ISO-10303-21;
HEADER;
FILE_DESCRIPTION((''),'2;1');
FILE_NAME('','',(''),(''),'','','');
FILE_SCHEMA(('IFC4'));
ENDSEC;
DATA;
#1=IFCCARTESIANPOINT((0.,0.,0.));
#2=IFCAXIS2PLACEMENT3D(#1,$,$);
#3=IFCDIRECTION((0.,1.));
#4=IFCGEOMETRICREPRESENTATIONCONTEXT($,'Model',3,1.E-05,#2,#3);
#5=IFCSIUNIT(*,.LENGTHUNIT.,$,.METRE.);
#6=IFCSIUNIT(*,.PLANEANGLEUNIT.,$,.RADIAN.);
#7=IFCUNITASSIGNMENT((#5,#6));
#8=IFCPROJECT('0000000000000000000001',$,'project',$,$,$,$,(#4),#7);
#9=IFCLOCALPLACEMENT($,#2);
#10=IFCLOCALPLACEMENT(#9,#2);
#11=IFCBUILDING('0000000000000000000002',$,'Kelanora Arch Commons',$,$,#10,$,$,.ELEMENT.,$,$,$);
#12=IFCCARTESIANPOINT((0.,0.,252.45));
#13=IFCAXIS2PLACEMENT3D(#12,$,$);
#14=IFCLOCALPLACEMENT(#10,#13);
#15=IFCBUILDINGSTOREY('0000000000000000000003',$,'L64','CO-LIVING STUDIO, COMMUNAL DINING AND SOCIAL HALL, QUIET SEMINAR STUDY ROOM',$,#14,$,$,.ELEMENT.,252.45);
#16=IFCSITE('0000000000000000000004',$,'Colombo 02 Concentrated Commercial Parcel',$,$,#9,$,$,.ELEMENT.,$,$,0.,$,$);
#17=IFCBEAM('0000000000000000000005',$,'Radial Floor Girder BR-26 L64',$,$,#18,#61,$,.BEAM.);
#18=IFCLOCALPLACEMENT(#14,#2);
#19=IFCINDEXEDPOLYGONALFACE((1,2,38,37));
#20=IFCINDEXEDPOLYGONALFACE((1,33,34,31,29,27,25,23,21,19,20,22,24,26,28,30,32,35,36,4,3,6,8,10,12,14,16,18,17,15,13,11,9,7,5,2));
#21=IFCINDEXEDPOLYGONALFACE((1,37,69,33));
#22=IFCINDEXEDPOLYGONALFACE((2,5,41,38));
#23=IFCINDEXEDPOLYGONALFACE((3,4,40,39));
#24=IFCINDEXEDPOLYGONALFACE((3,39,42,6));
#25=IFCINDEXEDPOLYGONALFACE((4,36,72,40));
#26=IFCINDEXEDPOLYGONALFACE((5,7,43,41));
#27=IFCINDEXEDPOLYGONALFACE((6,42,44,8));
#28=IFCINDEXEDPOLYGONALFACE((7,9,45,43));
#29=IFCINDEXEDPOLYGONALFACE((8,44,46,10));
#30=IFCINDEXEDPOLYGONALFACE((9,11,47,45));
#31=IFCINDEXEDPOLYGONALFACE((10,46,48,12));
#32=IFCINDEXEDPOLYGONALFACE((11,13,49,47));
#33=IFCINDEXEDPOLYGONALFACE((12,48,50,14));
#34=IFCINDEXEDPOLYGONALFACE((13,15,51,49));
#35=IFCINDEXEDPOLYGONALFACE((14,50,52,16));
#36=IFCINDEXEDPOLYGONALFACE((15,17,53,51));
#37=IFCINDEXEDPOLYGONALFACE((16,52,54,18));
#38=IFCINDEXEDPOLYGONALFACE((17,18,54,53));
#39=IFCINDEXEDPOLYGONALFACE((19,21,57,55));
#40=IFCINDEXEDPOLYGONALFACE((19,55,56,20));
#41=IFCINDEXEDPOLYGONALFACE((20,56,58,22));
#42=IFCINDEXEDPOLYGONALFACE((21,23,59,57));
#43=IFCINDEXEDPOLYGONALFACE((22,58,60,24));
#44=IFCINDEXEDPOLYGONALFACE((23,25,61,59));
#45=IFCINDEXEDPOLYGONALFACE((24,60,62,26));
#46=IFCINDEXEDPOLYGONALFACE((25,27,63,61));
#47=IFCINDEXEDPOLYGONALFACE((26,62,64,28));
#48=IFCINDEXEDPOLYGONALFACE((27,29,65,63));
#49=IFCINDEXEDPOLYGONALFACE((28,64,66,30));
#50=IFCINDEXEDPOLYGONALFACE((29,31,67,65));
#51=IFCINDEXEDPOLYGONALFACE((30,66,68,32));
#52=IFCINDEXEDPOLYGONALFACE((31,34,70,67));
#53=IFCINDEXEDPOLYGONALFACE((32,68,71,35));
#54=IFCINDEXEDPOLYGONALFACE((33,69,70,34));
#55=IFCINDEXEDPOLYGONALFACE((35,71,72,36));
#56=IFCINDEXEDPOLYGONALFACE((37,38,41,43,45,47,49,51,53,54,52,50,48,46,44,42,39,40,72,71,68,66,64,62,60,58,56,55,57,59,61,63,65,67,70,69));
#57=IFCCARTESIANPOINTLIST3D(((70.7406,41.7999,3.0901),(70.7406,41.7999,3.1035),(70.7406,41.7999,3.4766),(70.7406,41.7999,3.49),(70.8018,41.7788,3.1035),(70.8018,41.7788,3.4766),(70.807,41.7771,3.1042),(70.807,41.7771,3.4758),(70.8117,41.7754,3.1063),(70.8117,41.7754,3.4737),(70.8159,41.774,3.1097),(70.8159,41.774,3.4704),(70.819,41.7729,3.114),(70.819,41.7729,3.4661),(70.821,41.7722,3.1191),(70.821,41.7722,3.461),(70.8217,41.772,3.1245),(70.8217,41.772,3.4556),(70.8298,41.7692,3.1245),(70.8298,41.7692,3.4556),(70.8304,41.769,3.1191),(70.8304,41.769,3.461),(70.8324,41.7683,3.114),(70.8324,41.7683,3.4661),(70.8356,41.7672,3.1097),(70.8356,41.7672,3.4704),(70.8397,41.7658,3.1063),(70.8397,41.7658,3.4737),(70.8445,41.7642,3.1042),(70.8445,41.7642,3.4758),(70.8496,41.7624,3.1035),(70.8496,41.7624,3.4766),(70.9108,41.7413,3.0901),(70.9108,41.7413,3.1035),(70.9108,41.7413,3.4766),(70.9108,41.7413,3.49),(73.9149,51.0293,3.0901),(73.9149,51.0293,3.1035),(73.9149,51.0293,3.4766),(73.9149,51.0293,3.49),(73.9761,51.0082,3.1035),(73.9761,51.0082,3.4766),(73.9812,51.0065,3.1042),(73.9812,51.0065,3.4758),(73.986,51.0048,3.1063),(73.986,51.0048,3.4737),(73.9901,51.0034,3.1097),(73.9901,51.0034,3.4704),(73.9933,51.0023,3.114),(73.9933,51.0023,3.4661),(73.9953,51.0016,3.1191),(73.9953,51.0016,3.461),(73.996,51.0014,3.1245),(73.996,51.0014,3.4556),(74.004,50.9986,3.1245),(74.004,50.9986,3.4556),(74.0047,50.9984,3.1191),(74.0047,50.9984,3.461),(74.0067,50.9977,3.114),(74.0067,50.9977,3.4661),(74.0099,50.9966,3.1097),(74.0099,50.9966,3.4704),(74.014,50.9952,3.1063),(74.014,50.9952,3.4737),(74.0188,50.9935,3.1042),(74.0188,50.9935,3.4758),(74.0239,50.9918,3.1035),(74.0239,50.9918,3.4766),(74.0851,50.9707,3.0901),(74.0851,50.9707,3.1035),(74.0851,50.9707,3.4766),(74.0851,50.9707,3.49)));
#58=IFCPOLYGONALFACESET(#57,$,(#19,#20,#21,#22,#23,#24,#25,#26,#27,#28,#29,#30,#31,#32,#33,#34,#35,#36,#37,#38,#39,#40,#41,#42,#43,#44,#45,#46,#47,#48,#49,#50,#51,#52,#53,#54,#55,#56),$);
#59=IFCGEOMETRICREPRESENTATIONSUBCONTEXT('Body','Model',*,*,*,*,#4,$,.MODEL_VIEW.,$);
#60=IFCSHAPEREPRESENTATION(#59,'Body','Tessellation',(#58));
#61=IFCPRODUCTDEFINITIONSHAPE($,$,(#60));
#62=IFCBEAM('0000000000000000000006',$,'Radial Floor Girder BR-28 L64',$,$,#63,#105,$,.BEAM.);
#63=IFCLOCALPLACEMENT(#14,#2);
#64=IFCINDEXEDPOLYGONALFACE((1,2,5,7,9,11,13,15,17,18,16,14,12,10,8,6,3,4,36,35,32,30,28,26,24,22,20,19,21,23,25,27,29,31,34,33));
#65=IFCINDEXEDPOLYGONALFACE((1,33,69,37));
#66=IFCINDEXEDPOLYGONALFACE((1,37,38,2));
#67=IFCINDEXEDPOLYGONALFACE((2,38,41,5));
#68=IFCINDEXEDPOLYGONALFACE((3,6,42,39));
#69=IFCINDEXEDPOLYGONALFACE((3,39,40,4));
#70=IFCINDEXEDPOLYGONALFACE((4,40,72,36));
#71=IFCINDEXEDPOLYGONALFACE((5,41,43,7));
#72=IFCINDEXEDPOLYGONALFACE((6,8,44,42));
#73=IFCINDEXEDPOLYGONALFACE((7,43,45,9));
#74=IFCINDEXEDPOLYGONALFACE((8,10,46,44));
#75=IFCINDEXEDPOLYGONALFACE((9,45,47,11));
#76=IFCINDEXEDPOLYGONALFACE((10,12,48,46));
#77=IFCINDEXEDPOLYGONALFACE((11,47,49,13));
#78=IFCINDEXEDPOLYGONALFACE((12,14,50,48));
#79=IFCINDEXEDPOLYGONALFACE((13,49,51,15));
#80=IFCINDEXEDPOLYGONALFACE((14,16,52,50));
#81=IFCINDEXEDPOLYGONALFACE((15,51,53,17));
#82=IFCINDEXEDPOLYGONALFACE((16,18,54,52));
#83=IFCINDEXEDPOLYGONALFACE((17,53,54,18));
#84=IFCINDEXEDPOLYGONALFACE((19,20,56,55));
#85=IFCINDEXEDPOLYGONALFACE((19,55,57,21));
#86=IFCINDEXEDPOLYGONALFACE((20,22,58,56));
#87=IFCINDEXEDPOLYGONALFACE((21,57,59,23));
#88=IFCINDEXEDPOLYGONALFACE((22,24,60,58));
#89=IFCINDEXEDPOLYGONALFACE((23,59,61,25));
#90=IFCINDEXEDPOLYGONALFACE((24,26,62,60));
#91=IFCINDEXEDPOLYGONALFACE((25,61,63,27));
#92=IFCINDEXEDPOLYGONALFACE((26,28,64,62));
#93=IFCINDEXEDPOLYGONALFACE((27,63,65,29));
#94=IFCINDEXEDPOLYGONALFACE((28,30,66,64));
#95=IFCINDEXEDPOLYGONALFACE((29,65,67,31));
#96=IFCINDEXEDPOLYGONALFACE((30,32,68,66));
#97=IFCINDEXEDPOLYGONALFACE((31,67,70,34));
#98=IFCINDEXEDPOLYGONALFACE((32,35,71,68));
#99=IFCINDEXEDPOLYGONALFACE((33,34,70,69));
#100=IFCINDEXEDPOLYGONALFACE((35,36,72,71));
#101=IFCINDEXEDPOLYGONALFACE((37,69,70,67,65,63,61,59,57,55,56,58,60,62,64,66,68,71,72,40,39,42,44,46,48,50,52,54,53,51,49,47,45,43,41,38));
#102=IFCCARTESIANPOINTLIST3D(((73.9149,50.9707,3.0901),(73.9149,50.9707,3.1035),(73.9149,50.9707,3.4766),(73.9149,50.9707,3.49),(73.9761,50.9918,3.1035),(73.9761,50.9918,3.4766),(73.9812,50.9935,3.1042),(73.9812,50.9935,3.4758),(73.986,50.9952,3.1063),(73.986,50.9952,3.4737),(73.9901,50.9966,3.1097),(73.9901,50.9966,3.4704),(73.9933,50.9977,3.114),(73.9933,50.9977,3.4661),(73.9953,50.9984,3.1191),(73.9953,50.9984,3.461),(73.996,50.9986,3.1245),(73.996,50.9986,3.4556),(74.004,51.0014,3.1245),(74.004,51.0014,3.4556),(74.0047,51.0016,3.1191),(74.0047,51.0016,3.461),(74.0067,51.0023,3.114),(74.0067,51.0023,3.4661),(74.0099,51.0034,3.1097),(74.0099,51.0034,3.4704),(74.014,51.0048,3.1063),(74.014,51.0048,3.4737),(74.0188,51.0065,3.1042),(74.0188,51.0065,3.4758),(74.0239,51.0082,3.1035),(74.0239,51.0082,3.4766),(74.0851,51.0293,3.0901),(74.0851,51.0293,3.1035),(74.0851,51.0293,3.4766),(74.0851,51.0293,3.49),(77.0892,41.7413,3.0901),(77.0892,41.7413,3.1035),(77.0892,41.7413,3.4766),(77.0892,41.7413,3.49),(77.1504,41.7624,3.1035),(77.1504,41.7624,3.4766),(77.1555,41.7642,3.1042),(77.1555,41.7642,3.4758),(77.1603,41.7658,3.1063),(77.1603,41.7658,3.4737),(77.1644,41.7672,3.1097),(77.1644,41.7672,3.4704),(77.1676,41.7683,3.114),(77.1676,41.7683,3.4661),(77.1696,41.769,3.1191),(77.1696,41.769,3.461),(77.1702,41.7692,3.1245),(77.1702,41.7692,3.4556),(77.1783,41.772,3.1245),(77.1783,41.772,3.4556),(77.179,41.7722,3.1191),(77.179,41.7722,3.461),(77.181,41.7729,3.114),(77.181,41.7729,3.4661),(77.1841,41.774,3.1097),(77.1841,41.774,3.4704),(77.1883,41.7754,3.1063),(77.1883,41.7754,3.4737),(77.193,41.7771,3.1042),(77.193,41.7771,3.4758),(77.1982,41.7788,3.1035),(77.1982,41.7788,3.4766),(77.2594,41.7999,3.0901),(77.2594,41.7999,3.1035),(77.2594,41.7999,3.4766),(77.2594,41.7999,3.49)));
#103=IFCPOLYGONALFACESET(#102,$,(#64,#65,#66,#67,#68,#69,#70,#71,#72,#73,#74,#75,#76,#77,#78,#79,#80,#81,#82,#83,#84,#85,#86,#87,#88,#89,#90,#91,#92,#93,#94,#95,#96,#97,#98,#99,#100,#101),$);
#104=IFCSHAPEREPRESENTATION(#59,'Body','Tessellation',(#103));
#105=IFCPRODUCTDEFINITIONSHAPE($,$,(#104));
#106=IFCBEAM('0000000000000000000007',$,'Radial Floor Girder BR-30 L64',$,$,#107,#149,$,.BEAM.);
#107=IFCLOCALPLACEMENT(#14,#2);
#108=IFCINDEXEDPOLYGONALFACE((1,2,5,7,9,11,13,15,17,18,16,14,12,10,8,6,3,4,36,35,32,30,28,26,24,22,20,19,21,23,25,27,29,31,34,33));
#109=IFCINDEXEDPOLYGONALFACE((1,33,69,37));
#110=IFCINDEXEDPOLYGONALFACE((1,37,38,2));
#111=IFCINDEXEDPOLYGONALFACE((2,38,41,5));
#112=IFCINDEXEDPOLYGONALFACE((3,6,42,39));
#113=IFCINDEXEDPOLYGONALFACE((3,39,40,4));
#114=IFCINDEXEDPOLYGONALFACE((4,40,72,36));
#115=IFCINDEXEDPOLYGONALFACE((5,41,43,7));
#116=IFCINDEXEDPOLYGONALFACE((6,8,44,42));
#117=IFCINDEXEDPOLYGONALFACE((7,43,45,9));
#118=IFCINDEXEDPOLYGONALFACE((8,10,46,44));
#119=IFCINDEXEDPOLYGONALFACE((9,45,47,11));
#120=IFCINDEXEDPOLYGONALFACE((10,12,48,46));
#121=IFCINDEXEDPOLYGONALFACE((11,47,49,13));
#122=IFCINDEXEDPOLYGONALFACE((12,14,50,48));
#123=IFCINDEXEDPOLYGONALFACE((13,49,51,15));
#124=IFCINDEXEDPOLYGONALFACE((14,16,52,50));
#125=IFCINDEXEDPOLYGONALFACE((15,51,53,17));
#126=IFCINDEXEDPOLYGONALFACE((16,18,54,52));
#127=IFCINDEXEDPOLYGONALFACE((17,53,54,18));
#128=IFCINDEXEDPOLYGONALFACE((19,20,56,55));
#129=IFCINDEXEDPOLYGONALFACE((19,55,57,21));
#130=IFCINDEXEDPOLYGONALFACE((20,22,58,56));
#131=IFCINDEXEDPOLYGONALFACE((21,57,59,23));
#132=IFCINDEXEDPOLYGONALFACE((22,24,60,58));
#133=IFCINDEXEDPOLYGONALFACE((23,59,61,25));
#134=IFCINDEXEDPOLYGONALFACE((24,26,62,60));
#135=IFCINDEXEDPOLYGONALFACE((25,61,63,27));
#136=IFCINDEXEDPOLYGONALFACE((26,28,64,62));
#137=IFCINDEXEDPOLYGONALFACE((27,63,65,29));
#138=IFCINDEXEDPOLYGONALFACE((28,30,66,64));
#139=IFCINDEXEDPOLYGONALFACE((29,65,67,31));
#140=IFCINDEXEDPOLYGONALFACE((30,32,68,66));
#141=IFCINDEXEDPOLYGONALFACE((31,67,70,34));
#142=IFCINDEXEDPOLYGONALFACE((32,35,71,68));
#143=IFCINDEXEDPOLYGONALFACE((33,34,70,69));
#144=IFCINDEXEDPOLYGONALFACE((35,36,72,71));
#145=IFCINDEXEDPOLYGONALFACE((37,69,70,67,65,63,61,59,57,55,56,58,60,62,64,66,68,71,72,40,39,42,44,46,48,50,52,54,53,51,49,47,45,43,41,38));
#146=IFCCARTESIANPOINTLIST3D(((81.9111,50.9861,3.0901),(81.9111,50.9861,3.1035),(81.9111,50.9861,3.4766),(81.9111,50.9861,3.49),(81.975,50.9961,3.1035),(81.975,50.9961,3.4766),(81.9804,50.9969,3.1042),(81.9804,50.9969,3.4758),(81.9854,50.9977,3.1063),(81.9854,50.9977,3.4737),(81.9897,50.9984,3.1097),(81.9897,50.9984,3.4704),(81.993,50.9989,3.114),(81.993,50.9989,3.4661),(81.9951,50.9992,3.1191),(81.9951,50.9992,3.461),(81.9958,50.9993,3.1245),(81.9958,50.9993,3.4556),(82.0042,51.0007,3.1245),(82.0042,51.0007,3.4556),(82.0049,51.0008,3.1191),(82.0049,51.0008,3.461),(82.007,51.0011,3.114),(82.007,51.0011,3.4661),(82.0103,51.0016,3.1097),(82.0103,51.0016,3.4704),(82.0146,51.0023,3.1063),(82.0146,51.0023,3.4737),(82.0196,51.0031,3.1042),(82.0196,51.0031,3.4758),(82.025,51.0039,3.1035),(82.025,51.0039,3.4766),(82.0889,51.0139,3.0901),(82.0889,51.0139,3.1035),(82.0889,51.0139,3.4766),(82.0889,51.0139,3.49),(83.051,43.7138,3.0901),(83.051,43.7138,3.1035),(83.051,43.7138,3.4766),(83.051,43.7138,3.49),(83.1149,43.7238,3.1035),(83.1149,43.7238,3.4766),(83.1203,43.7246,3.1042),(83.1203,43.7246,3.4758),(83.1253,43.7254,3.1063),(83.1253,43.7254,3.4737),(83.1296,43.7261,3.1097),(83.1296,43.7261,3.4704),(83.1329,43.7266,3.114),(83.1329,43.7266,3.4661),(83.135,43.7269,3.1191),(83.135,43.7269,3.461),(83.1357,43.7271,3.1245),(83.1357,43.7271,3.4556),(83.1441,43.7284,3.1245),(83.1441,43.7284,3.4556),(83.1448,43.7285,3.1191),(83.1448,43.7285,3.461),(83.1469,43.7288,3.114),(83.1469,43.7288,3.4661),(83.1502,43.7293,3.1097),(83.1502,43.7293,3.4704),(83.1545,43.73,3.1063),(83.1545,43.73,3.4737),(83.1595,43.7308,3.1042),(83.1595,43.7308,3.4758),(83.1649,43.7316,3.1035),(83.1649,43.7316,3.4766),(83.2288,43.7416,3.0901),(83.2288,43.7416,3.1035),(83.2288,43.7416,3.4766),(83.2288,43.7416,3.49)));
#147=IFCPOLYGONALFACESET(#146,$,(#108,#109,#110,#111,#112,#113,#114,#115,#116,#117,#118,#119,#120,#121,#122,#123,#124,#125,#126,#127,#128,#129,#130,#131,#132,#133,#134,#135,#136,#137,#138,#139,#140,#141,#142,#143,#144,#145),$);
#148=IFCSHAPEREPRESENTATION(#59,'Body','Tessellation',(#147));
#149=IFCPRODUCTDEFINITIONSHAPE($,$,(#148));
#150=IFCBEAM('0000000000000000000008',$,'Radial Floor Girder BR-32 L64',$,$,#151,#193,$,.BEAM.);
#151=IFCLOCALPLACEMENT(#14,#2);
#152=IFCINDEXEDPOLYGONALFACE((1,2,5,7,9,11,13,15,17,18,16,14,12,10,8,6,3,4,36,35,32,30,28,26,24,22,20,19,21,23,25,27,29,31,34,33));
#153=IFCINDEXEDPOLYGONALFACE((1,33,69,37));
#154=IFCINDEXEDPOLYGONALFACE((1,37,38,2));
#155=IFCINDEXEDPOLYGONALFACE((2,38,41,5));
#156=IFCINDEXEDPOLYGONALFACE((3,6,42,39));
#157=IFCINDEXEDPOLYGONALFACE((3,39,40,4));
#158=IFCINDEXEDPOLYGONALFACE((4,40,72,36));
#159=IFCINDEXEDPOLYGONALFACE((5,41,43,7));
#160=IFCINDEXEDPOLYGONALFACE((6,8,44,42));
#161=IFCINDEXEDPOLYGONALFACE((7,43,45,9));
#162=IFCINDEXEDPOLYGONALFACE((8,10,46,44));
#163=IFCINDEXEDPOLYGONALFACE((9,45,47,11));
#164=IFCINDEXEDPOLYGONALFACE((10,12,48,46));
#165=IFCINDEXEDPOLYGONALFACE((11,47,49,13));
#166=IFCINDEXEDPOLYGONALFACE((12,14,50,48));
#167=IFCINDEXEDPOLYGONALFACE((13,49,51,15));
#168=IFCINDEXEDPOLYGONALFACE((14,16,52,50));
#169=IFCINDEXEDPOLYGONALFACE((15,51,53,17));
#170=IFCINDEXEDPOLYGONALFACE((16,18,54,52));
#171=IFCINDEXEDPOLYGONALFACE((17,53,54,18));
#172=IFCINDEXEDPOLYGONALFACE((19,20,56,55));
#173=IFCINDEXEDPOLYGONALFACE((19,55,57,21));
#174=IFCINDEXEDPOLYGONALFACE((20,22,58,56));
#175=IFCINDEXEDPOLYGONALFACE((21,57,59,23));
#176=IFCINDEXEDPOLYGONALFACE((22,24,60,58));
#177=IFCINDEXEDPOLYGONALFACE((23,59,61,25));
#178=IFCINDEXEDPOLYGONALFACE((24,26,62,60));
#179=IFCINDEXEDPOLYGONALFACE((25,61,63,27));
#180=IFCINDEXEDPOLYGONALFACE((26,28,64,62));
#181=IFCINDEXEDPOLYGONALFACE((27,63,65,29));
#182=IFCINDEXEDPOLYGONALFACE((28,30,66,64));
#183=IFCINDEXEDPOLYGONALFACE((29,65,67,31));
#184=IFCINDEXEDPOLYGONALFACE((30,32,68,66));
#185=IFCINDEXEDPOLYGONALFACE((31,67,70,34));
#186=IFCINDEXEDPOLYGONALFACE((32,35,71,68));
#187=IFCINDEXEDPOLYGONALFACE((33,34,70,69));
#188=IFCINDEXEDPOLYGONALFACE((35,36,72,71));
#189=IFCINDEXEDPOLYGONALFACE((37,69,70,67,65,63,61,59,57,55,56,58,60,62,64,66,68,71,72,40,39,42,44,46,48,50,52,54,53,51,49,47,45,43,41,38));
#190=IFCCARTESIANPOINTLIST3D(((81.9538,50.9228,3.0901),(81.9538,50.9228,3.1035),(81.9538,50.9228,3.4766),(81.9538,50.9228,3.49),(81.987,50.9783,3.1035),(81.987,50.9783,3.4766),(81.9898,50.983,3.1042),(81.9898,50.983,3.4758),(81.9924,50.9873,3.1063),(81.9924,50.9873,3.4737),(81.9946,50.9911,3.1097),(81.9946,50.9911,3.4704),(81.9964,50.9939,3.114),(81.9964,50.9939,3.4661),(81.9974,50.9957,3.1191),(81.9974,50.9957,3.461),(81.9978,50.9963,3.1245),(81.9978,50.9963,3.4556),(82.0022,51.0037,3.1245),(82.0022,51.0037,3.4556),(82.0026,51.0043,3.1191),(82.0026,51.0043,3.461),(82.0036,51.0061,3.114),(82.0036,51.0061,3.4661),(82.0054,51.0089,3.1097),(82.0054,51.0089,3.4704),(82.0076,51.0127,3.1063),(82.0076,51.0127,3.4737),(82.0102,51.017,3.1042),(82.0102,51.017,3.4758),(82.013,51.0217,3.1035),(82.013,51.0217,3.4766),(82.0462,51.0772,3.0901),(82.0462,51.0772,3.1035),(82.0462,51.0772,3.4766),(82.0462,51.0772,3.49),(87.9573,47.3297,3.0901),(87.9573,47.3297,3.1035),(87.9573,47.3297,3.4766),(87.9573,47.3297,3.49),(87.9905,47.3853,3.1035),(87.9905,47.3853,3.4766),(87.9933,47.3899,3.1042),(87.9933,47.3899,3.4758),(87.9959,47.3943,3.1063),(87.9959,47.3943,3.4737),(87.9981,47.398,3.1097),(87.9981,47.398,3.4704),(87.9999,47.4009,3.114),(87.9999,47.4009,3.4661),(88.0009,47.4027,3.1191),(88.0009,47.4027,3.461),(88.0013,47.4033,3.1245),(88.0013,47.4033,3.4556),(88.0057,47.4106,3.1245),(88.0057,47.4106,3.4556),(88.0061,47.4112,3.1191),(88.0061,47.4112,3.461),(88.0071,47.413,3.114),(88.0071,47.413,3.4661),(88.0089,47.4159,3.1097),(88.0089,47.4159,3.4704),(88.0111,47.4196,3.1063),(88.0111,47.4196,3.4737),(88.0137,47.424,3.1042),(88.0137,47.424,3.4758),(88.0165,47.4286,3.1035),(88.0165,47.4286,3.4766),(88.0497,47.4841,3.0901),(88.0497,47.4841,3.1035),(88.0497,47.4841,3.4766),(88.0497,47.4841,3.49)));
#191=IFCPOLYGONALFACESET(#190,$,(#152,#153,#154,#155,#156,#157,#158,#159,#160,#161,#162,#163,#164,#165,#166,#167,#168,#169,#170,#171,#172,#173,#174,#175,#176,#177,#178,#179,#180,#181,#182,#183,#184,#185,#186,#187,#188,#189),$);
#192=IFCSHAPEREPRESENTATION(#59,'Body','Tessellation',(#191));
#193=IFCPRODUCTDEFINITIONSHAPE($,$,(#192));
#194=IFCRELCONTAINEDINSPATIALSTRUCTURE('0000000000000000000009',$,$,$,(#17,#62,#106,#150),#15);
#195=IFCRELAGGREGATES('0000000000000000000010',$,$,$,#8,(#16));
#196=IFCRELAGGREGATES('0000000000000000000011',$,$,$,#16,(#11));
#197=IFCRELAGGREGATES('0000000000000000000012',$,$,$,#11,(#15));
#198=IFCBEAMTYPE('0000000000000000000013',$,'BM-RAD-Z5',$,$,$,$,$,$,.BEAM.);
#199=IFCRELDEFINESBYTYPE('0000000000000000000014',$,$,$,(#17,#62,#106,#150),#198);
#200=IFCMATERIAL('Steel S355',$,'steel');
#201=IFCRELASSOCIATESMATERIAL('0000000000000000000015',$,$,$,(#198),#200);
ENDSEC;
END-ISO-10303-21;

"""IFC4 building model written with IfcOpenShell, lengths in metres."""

from ifc_helpers import new_model, si_unit, direction, frame, origin, origin_2d, place, context, subcontext, project, spatial, i_section, extrude, material, material_profile, profile_set, type_object, element, save


model = new_model("IFC4")

# Units and contexts
model_context = context("Model", 3, precision=1e-05, world=origin(), true_north=direction((0.0, 1.0)))
body_context = subcontext(model_context, "Body", "Model", "MODEL_VIEW")
ifc_project = project(units=[si_unit("LENGTHUNIT", "METRE"), si_unit("PLANEANGLEUNIT", "RADIAN")], contexts=[model_context])

# Site, building, storey
site_placement = place(None, origin())
site = spatial("IfcSite", under=ifc_project, at=site_placement, Name="Colombo 02 Concentrated Commercial Parcel", CompositionType="ELEMENT", RefElevation=0.0)
building_placement = place(site_placement, origin())
building = spatial("IfcBuilding", under=site, at=building_placement, Name="Kelanora Arch Commons", CompositionType="ELEMENT")
storey_placement = place(building_placement, frame((0.0, 0.0, 252.45)))
storey = spatial("IfcBuildingStorey", under=building, at=storey_placement, Name="L64", Description="CO-LIVING STUDIO, COMMUNAL DINING AND SOCIAL HALL, QUIET SEMINAR STUDY ROOM", CompositionType="ELEMENT", Elevation=252.45)

# Beams
ifc_material_1 = material(Name="Steel S355", Category="steel")
ifc_material_profile_1 = material_profile(ifc_material_1, i_section(OverallWidth=0.1799, OverallDepth=0.3999, WebThickness=0.0085, FlangeThickness=0.0134, FilletRadius=0.021, at=origin_2d()), Name="IPE400")
ifc_profile_set_1 = profile_set([ifc_material_profile_1], Name="Steel S355")
beam_type_1 = type_object("IfcBeamType", Name="BM-RAD-Z5", PredefinedType="BEAM", material=ifc_profile_set_1)
for number, where, z_axis, x_axis, name in (
    (1, (74.0, 51.0, 3.29), (-0.325234, -0.945634, 0.0), (0.945634, -0.325234, 0.0), "Radial Floor Girder BR-26 L64"),
    (2, (74.0, 51.0, 3.29), (0.325234, -0.945634, 0.0), (0.945634, 0.325234, 0.0), "Radial Floor Girder BR-28 L64"),
):
    element("IfcBeam", number, at=place(storey_placement, frame(where, z_axis=z_axis, x_axis=x_axis)), inside=storey, type_object=beam_type_1, Name=name, PredefinedType="BEAM", context=body_context, shape_type="SweptSolid", body=[
        extrude(i_section(OverallWidth=0.1799, OverallDepth=0.3999, WebThickness=0.0085, FlangeThickness=0.0134, FilletRadius=0.021, at=origin_2d()), origin(), (0.0, 0.0, 1.0), 9.76),
    ])
beam_1_placement = place(storey_placement, frame((82.0, 51.0, 3.29), z_axis=(0.154855, -0.987937, 0.0), x_axis=(0.987937, 0.154855, 0.0)))
element("IfcBeam", 3, at=beam_1_placement, inside=storey, type_object=beam_type_1, Name="Radial Floor Girder BR-30 L64", PredefinedType="BEAM", context=body_context, shape_type="SweptSolid", body=[
    extrude(i_section(OverallWidth=0.1799, OverallDepth=0.3999, WebThickness=0.0085, FlangeThickness=0.0134, FilletRadius=0.021, at=origin_2d()), origin(), (0.0, 0.0, 1.0), 7.3611),
])
beam_2_placement = place(storey_placement, frame((82.0, 51.0, 3.29), z_axis=(0.858062, -0.513546, 0.0), x_axis=(0.513546, 0.858062, 0.0)))
element("IfcBeam", 4, at=beam_2_placement, inside=storey, type_object=beam_type_1, Name="Radial Floor Girder BR-32 L64", PredefinedType="BEAM", context=body_context, shape_type="SweptSolid", body=[
    extrude(i_section(OverallWidth=0.1799, OverallDepth=0.3999, WebThickness=0.0085, FlangeThickness=0.0134, FilletRadius=0.021, at=origin_2d()), origin(), (0.0, 0.0, 1.0), 6.9966),
])

save(model, "model.ifc")
